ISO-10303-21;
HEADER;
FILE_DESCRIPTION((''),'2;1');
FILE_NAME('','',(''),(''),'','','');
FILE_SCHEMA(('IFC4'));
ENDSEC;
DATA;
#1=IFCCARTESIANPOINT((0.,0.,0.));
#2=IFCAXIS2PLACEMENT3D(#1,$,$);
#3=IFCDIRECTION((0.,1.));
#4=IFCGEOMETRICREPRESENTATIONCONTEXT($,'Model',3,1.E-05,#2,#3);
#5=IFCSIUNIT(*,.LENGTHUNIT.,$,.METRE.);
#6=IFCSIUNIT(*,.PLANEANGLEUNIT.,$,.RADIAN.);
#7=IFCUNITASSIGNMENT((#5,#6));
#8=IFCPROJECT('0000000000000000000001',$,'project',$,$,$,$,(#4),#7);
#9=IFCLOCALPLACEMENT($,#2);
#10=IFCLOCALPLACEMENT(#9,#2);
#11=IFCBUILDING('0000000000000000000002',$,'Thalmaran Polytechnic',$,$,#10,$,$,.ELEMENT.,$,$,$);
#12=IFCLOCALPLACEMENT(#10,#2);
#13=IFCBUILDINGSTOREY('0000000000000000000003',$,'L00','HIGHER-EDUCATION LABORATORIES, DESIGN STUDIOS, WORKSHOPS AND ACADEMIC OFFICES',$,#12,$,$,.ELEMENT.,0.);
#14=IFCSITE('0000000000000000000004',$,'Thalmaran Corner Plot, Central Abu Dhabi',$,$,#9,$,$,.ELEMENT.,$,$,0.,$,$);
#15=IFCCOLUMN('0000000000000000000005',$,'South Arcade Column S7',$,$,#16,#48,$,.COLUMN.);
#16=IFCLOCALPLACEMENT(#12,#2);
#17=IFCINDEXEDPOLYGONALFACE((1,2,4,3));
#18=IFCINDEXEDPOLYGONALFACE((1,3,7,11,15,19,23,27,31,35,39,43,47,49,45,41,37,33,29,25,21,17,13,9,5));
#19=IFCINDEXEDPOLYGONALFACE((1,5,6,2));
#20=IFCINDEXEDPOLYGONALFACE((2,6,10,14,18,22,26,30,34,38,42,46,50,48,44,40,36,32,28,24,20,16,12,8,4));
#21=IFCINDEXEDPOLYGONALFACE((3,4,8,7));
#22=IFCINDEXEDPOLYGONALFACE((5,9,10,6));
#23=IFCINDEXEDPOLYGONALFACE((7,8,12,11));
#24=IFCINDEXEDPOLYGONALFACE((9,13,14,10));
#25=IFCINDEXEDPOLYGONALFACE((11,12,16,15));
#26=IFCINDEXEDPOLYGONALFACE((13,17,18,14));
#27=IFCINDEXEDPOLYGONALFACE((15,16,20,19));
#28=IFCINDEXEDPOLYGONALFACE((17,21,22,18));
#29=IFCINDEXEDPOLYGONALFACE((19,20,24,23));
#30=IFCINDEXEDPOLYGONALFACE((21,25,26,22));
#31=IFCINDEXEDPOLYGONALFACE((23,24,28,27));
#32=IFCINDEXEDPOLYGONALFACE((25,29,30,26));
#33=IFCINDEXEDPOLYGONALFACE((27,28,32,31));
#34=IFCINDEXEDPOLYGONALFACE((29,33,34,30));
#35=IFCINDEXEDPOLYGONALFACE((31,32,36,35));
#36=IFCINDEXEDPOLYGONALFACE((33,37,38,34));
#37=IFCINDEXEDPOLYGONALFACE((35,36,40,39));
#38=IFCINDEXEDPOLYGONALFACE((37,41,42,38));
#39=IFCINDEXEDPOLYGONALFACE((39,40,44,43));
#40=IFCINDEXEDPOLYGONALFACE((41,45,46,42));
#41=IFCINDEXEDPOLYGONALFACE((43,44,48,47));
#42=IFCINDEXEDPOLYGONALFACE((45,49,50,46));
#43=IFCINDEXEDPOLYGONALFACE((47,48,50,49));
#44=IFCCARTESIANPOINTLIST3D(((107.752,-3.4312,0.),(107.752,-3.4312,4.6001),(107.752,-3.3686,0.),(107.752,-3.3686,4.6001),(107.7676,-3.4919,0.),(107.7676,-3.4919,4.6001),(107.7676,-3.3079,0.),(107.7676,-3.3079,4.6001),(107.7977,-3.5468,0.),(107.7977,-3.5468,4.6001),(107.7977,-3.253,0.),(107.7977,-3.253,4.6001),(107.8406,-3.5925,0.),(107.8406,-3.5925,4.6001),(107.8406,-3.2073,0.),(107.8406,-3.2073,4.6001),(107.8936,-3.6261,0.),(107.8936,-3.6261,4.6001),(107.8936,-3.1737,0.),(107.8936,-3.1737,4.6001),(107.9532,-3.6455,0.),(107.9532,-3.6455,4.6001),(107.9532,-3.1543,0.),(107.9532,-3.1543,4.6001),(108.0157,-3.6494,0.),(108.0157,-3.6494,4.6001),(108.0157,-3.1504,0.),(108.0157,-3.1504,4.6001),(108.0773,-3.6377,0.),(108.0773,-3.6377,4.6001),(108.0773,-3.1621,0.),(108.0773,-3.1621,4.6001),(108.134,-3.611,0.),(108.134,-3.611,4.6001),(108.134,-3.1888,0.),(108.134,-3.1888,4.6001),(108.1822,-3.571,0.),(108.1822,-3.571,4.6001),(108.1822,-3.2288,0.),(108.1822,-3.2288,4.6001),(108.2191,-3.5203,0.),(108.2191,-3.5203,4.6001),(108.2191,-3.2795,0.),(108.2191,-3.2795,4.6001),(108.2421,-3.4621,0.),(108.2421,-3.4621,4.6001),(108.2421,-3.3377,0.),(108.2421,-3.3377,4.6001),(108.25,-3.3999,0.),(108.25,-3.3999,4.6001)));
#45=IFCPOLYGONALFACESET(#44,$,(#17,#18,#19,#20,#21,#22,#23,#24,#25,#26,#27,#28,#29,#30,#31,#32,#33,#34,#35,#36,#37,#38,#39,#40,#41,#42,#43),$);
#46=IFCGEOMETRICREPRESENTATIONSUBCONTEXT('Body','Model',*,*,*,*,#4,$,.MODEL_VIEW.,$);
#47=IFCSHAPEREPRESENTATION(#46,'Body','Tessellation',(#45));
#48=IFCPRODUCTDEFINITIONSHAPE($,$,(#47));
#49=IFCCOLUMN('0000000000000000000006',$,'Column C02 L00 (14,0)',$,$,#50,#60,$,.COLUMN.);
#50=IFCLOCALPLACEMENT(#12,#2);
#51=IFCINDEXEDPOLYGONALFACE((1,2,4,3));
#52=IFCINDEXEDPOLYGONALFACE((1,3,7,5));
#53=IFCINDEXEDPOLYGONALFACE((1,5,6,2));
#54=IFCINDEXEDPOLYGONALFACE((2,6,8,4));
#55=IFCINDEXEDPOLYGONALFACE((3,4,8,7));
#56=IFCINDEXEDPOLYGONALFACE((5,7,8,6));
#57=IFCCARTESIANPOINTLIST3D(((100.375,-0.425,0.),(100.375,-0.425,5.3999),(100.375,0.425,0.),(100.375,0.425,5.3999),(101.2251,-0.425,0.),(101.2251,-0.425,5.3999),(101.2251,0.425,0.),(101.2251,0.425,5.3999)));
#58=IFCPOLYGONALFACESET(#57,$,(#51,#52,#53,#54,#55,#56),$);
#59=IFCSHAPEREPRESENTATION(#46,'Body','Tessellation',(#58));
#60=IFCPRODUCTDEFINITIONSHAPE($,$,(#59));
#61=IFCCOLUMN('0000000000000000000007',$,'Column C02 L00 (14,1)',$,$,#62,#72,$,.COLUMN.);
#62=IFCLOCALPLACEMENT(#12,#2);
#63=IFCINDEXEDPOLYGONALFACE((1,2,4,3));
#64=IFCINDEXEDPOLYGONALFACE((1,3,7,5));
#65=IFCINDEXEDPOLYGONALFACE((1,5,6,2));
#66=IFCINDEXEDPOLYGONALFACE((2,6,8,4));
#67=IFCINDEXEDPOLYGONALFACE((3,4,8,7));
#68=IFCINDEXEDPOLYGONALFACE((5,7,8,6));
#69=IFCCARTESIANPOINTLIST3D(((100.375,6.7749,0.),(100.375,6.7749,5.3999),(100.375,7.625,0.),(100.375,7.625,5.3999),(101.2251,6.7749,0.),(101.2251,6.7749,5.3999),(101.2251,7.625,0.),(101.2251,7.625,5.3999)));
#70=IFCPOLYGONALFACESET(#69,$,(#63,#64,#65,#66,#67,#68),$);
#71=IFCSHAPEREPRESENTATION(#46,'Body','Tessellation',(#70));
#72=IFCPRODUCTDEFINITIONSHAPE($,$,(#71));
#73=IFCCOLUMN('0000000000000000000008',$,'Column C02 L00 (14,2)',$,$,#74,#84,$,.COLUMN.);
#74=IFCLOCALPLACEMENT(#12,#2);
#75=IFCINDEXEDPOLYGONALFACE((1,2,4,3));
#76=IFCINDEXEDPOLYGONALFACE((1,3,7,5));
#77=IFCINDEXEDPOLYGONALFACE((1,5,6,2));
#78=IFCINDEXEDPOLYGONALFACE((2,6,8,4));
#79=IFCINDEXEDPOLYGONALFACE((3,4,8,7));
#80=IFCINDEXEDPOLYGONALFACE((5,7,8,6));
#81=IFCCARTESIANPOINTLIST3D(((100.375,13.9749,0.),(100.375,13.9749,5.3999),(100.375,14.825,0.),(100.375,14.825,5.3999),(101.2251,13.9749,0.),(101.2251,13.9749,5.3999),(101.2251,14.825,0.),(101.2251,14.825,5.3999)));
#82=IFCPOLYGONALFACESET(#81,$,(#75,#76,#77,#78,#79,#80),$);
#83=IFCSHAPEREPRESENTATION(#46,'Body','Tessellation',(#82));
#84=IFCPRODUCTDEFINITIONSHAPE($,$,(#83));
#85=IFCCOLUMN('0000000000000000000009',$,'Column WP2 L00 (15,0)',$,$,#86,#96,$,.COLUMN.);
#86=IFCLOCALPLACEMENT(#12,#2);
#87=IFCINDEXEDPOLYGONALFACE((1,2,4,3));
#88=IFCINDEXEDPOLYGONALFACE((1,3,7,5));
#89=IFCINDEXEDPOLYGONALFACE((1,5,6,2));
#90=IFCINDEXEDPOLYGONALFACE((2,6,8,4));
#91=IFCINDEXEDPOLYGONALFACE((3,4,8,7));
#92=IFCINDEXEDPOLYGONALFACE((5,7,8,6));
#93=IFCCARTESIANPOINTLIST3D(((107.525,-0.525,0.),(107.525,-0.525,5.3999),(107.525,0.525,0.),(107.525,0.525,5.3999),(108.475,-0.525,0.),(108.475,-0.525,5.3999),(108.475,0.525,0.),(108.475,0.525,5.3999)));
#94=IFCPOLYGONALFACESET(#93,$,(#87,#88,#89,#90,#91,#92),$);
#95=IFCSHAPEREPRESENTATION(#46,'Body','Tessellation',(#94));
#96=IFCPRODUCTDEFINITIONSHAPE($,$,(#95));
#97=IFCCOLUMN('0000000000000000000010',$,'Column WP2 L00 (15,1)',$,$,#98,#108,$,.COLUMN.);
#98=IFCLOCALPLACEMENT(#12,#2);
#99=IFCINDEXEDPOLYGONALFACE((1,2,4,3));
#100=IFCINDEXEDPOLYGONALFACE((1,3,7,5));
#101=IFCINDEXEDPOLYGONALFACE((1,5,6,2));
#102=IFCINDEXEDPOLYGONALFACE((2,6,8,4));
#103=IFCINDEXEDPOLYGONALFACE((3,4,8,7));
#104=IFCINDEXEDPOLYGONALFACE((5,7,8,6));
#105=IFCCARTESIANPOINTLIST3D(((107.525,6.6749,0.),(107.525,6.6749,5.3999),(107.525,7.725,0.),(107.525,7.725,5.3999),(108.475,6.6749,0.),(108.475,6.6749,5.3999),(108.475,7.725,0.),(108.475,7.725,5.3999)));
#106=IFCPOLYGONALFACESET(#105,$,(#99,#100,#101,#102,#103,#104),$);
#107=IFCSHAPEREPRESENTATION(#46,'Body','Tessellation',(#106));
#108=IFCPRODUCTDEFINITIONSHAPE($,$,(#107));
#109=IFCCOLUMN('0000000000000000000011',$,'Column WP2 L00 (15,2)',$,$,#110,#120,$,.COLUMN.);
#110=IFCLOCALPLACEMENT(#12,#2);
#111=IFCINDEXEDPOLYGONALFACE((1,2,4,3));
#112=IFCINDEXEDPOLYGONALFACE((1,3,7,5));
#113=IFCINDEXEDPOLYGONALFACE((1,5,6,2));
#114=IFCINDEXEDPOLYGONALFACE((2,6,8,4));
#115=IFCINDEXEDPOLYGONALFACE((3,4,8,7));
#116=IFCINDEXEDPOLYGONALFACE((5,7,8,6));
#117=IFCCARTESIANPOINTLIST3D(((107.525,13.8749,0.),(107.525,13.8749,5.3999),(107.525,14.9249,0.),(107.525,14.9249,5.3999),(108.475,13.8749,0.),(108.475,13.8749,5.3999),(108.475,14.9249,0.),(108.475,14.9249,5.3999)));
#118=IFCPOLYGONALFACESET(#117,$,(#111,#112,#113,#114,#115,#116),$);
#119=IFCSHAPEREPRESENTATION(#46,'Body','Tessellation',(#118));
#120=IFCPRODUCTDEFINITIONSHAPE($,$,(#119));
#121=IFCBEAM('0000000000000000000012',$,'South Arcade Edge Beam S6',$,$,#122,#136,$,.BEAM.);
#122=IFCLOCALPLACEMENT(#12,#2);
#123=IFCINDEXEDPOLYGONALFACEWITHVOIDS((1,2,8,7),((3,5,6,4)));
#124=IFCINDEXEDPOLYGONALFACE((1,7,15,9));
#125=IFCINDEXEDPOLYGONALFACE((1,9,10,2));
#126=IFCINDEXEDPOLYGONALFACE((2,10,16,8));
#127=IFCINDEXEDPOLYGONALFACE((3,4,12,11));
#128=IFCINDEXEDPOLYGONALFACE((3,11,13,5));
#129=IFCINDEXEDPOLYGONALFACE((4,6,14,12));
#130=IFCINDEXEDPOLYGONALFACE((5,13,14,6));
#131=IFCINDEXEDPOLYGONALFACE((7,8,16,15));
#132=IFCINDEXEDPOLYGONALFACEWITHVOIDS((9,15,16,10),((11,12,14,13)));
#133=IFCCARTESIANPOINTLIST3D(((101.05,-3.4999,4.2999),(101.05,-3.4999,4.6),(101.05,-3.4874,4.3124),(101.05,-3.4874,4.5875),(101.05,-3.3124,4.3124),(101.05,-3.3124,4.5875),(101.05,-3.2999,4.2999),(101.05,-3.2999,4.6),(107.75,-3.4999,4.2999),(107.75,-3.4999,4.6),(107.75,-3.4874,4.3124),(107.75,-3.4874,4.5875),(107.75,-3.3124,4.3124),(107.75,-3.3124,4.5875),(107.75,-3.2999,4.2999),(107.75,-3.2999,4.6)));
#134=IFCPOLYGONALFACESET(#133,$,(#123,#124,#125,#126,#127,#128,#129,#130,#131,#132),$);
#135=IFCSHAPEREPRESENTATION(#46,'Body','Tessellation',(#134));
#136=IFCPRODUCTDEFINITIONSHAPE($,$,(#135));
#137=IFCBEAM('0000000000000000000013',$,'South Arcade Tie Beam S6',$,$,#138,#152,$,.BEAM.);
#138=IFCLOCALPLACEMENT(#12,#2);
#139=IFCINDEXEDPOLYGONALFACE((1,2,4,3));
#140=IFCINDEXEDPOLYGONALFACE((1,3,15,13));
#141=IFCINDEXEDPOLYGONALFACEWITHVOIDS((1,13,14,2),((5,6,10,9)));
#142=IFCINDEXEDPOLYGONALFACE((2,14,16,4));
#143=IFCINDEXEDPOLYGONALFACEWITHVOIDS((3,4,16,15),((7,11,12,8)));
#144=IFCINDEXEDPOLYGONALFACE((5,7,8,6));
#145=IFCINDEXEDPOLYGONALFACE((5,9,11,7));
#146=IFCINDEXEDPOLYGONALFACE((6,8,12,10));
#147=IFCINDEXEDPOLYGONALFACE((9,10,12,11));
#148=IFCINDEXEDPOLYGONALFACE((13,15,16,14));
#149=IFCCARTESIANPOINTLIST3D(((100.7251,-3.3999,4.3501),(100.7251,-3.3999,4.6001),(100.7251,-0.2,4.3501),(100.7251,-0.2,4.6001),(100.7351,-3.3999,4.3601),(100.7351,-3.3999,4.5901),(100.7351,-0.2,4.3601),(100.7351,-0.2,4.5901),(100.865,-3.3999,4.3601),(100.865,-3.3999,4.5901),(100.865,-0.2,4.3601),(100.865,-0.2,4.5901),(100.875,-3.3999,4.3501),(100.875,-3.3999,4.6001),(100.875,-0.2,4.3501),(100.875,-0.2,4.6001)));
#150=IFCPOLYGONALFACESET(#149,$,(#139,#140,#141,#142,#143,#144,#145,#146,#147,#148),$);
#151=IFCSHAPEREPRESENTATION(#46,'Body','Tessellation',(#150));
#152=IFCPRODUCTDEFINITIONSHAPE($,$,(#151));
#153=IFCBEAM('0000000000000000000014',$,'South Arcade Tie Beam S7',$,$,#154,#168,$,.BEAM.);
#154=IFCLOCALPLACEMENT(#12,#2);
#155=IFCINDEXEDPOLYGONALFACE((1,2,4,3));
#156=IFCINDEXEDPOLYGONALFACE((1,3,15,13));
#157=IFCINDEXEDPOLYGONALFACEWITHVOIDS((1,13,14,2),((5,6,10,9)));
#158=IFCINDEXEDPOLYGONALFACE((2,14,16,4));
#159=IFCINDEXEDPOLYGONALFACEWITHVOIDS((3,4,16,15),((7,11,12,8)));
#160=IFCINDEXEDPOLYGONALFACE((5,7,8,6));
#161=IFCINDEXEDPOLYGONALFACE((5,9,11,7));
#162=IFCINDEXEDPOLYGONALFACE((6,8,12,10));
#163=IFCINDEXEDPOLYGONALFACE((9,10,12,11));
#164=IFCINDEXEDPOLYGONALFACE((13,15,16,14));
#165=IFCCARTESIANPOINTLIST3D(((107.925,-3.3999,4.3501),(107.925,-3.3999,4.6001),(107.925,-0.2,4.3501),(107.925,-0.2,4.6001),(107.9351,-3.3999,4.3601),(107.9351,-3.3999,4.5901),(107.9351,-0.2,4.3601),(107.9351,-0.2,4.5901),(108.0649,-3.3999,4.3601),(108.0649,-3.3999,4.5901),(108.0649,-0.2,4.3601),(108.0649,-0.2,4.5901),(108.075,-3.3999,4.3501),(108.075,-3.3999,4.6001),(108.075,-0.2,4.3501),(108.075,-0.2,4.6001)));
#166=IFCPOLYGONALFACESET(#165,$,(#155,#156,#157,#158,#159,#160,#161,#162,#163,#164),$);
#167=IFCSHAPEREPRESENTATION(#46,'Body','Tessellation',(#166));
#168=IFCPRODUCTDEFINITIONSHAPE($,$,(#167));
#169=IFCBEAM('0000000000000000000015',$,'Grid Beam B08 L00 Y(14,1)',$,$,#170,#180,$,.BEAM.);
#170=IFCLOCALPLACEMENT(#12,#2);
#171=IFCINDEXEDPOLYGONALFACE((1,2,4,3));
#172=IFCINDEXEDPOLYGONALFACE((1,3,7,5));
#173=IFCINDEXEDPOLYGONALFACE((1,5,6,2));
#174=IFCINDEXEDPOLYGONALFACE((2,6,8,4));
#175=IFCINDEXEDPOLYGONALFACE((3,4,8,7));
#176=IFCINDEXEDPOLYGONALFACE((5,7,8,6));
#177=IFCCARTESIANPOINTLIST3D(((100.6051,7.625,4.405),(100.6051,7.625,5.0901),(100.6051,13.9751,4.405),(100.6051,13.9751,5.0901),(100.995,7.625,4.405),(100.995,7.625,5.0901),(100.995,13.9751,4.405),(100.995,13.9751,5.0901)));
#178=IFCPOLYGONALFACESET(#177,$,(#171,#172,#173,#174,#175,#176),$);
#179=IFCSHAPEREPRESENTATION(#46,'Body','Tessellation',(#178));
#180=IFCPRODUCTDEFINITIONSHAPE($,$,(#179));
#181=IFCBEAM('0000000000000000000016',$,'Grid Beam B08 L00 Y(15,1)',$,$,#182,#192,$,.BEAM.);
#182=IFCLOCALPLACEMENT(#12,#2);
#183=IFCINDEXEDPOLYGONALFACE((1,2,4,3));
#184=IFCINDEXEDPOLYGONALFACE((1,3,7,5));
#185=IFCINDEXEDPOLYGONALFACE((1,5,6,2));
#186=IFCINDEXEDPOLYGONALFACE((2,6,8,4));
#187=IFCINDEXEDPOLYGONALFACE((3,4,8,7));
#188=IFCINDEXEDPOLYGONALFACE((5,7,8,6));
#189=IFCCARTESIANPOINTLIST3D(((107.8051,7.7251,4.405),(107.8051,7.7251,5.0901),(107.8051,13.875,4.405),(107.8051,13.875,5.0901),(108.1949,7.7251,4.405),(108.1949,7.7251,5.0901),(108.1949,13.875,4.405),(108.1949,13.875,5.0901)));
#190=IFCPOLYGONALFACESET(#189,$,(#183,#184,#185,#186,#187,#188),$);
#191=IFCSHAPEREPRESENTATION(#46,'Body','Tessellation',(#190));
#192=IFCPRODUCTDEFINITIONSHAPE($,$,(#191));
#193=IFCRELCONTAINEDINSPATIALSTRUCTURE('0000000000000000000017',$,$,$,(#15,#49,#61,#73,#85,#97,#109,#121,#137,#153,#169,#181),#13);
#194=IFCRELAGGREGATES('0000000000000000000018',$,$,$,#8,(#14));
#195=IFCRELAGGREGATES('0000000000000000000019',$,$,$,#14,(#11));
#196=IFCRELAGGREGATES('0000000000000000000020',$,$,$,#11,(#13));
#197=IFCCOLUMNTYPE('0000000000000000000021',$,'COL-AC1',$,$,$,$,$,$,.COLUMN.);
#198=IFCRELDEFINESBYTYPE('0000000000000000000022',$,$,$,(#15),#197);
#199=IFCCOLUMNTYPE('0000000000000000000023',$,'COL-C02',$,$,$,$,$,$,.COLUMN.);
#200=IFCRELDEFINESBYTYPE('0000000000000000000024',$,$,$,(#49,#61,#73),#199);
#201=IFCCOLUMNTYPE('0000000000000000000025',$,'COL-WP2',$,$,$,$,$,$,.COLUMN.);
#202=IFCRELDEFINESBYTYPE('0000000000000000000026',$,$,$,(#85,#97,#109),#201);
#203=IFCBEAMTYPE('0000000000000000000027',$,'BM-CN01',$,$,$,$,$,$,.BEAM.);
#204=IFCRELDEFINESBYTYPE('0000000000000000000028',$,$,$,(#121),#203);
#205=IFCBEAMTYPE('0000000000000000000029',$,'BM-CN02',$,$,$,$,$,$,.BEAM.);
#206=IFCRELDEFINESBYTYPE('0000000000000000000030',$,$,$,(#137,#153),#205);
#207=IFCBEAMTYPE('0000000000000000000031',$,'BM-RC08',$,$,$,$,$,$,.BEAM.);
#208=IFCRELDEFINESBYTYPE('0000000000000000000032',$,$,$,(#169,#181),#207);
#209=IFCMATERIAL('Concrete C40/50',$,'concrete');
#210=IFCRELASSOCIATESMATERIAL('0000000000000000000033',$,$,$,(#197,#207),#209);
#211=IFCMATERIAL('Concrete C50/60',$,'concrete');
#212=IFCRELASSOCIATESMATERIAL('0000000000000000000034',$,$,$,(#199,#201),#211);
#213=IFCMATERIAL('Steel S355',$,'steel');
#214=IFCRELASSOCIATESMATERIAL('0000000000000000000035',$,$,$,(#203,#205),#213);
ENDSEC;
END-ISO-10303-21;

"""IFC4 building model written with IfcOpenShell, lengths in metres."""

from ifc_helpers import new_model, si_unit, direction, frame, origin, origin_2d, place, context, subcontext, project, spatial, rectangle, hollow_rectangle, circle, extrude, material, material_profile, profile_set, type_object, element, save


model = new_model("IFC4")

# Units and contexts
model_context = context("Model", 3, precision=1e-05, world=origin(), true_north=direction((0.0, 1.0)))
body_context = subcontext(model_context, "Body", "Model", "MODEL_VIEW")
ifc_project = project(units=[si_unit("LENGTHUNIT", "METRE"), si_unit("PLANEANGLEUNIT", "RADIAN")], contexts=[model_context])

# Site, building, storey
site_placement = place(None, origin())
site = spatial("IfcSite", under=ifc_project, at=site_placement, Name="Thalmaran Corner Plot, Central Abu Dhabi", CompositionType="ELEMENT", RefElevation=0.0)
building_placement = place(site_placement, origin())
building = spatial("IfcBuilding", under=site, at=building_placement, Name="Thalmaran Polytechnic", CompositionType="ELEMENT")
storey_placement = place(building_placement, origin())
storey = spatial("IfcBuildingStorey", under=building, at=storey_placement, Name="L00", Description="HIGHER-EDUCATION LABORATORIES, DESIGN STUDIOS, WORKSHOPS AND ACADEMIC OFFICES", CompositionType="ELEMENT", Elevation=0.0)

# Columns
ifc_material_1 = material(Name="Concrete C40/50", Category="concrete")
ifc_material_profile_1 = material_profile(ifc_material_1, circle(Radius=0.25, at=origin_2d()), Name="RC 500 DIA")
ifc_profile_set_1 = profile_set([ifc_material_profile_1], Name="Concrete C40/50")
column_type_1 = type_object("IfcColumnType", Name="COL-AC1", PredefinedType="COLUMN", material=ifc_profile_set_1)
column_placement = place(storey_placement, frame((108.0, -3.3999, 0.0), z_axis=(0.0, 0.0, 1.0), x_axis=(1.0, 0.0, 0.0)))
element("IfcColumn", 1, at=column_placement, inside=storey, type_object=column_type_1, Name="South Arcade Column S7", PredefinedType="COLUMN", context=body_context, shape_type="SweptSolid", body=[
    extrude(circle(Radius=0.25, at=origin_2d()), origin(), (0.0, 0.0, 1.0), 4.6001),
])
ifc_material_2 = material(Name="Concrete C50/60", Category="concrete")
ifc_material_profile_2 = material_profile(ifc_material_2, rectangle(XDim=0.8501, YDim=0.8501, at=origin_2d()), Name="RC 850x850")
ifc_profile_set_2 = profile_set([ifc_material_profile_2], Name="Concrete C50/60")
column_type_2 = type_object("IfcColumnType", Name="COL-C02", PredefinedType="COLUMN", material=ifc_profile_set_2)
for number, where, z_axis, x_axis, name in (
    (2, (100.8, 0.0, 0.0), (0.0, 0.0, 1.0), (1.0, 0.0, 0.0), "Column C02 L00 (14,0)"),
    (3, (100.8, 7.2, 0.0), (0.0, 0.0, 1.0), (1.0, 0.0, 0.0), "Column C02 L00 (14,1)"),
    (4, (100.8, 14.3999, 0.0), (0.0, 0.0, 1.0), (1.0, 0.0, 0.0), "Column C02 L00 (14,2)"),
):
    element("IfcColumn", number, at=place(storey_placement, frame(where, z_axis=z_axis, x_axis=x_axis)), inside=storey, type_object=column_type_2, Name=name, PredefinedType="COLUMN", context=body_context, shape_type="SweptSolid", body=[
        extrude(rectangle(XDim=0.8501, YDim=0.8501, at=origin_2d()), origin(), (0.0, 0.0, 1.0), 5.3999),
    ])
ifc_material_profile_3 = material_profile(ifc_material_2, rectangle(XDim=0.95, YDim=1.05, at=origin_2d()), Name="RC 950x1050")
ifc_profile_set_3 = profile_set([ifc_material_profile_3], Name="Concrete C50/60")
column_type_3 = type_object("IfcColumnType", Name="COL-WP2", PredefinedType="COLUMN", material=ifc_profile_set_3)
for number, where, z_axis, x_axis, name in (
    (5, (108.0, 0.0, 0.0), (0.0, 0.0, 1.0), (1.0, 0.0, 0.0), "Column WP2 L00 (15,0)"),
    (6, (108.0, 7.2, 0.0), (0.0, 0.0, 1.0), (1.0, 0.0, 0.0), "Column WP2 L00 (15,1)"),
    (7, (108.0, 14.3999, 0.0), (0.0, 0.0, 1.0), (1.0, 0.0, 0.0), "Column WP2 L00 (15,2)"),
):
    element("IfcColumn", number, at=place(storey_placement, frame(where, z_axis=z_axis, x_axis=x_axis)), inside=storey, type_object=column_type_3, Name=name, PredefinedType="COLUMN", context=body_context, shape_type="SweptSolid", body=[
        extrude(rectangle(XDim=0.95, YDim=1.05, at=origin_2d()), origin(), (0.0, 0.0, 1.0), 5.3999),
    ])

# Beams
ifc_material_3 = material(Name="Steel S355", Category="steel")
ifc_material_profile_4 = material_profile(ifc_material_3, hollow_rectangle(XDim=0.2, YDim=0.3, WallThickness=0.0125, at=origin_2d()), Name="RHS 300x200x12.5")
ifc_profile_set_4 = profile_set([ifc_material_profile_4], Name="Steel S355")
beam_type_1 = type_object("IfcBeamType", Name="BM-CN01", PredefinedType="BEAM", material=ifc_profile_set_4)
beam_1_placement = place(storey_placement, frame((101.05, -3.3999, 4.45), z_axis=(1.0, 0.0, 0.0), x_axis=(0.0, 1.0, 0.0)))
element("IfcBeam", 8, at=beam_1_placement, inside=storey, type_object=beam_type_1, Name="South Arcade Edge Beam S6", PredefinedType="BEAM", context=body_context, shape_type="SweptSolid", body=[
    extrude(hollow_rectangle(XDim=0.2, YDim=0.3, WallThickness=0.0125, at=origin_2d()), origin(), (0.0, 0.0, 1.0), 6.7),
])
ifc_material_profile_5 = material_profile(ifc_material_3, hollow_rectangle(XDim=0.1499, YDim=0.25, WallThickness=0.01, at=origin_2d()), Name="RHS 250x150x10.0")
ifc_profile_set_5 = profile_set([ifc_material_profile_5], Name="Steel S355")
beam_type_2 = type_object("IfcBeamType", Name="BM-CN02", PredefinedType="BEAM", material=ifc_profile_set_5)
for number, where, z_axis, x_axis, name in (
    (9, (100.8, -3.3999, 4.4751), (0.0, 1.0, 0.0), (-1.0, 0.0, 0.0), "South Arcade Tie Beam S6"),
    (10, (108.0, -3.3999, 4.4751), (0.0, 1.0, 0.0), (-1.0, 0.0, 0.0), "South Arcade Tie Beam S7"),
):
    element("IfcBeam", number, at=place(storey_placement, frame(where, z_axis=z_axis, x_axis=x_axis)), inside=storey, type_object=beam_type_2, Name=name, PredefinedType="BEAM", context=body_context, shape_type="SweptSolid", body=[
        extrude(hollow_rectangle(XDim=0.1499, YDim=0.25, WallThickness=0.01, at=origin_2d()), origin(), (0.0, 0.0, 1.0), 3.2),
    ])
ifc_material_profile_6 = material_profile(ifc_material_1, rectangle(XDim=0.3899, YDim=0.6851, at=origin_2d()), Name="RC 390x685")
ifc_profile_set_6 = profile_set([ifc_material_profile_6], Name="Concrete C40/50")
beam_type_3 = type_object("IfcBeamType", Name="BM-RC08", PredefinedType="BEAM", material=ifc_profile_set_6)
beam_2_placement = place(storey_placement, frame((100.8, 7.625, 4.7476), z_axis=(0.0, 1.0, 0.0), x_axis=(-1.0, 0.0, 0.0)))
element("IfcBeam", 11, at=beam_2_placement, inside=storey, type_object=beam_type_3, Name="Grid Beam B08 L00 Y(14,1)", PredefinedType="BEAM", context=body_context, shape_type="SweptSolid", body=[
    extrude(rectangle(XDim=0.3899, YDim=0.6851, at=origin_2d()), origin(), (0.0, 0.0, 1.0), 6.3501),
])
beam_3_placement = place(storey_placement, frame((108.0, 7.7251, 4.7476), z_axis=(0.0, 1.0, 0.0), x_axis=(-1.0, 0.0, 0.0)))
element("IfcBeam", 12, at=beam_3_placement, inside=storey, type_object=beam_type_3, Name="Grid Beam B08 L00 Y(15,1)", PredefinedType="BEAM", context=body_context, shape_type="SweptSolid", body=[
    extrude(rectangle(XDim=0.3899, YDim=0.6851, at=origin_2d()), origin(), (0.0, 0.0, 1.0), 6.1499),
])

save(model, "model.ifc")
